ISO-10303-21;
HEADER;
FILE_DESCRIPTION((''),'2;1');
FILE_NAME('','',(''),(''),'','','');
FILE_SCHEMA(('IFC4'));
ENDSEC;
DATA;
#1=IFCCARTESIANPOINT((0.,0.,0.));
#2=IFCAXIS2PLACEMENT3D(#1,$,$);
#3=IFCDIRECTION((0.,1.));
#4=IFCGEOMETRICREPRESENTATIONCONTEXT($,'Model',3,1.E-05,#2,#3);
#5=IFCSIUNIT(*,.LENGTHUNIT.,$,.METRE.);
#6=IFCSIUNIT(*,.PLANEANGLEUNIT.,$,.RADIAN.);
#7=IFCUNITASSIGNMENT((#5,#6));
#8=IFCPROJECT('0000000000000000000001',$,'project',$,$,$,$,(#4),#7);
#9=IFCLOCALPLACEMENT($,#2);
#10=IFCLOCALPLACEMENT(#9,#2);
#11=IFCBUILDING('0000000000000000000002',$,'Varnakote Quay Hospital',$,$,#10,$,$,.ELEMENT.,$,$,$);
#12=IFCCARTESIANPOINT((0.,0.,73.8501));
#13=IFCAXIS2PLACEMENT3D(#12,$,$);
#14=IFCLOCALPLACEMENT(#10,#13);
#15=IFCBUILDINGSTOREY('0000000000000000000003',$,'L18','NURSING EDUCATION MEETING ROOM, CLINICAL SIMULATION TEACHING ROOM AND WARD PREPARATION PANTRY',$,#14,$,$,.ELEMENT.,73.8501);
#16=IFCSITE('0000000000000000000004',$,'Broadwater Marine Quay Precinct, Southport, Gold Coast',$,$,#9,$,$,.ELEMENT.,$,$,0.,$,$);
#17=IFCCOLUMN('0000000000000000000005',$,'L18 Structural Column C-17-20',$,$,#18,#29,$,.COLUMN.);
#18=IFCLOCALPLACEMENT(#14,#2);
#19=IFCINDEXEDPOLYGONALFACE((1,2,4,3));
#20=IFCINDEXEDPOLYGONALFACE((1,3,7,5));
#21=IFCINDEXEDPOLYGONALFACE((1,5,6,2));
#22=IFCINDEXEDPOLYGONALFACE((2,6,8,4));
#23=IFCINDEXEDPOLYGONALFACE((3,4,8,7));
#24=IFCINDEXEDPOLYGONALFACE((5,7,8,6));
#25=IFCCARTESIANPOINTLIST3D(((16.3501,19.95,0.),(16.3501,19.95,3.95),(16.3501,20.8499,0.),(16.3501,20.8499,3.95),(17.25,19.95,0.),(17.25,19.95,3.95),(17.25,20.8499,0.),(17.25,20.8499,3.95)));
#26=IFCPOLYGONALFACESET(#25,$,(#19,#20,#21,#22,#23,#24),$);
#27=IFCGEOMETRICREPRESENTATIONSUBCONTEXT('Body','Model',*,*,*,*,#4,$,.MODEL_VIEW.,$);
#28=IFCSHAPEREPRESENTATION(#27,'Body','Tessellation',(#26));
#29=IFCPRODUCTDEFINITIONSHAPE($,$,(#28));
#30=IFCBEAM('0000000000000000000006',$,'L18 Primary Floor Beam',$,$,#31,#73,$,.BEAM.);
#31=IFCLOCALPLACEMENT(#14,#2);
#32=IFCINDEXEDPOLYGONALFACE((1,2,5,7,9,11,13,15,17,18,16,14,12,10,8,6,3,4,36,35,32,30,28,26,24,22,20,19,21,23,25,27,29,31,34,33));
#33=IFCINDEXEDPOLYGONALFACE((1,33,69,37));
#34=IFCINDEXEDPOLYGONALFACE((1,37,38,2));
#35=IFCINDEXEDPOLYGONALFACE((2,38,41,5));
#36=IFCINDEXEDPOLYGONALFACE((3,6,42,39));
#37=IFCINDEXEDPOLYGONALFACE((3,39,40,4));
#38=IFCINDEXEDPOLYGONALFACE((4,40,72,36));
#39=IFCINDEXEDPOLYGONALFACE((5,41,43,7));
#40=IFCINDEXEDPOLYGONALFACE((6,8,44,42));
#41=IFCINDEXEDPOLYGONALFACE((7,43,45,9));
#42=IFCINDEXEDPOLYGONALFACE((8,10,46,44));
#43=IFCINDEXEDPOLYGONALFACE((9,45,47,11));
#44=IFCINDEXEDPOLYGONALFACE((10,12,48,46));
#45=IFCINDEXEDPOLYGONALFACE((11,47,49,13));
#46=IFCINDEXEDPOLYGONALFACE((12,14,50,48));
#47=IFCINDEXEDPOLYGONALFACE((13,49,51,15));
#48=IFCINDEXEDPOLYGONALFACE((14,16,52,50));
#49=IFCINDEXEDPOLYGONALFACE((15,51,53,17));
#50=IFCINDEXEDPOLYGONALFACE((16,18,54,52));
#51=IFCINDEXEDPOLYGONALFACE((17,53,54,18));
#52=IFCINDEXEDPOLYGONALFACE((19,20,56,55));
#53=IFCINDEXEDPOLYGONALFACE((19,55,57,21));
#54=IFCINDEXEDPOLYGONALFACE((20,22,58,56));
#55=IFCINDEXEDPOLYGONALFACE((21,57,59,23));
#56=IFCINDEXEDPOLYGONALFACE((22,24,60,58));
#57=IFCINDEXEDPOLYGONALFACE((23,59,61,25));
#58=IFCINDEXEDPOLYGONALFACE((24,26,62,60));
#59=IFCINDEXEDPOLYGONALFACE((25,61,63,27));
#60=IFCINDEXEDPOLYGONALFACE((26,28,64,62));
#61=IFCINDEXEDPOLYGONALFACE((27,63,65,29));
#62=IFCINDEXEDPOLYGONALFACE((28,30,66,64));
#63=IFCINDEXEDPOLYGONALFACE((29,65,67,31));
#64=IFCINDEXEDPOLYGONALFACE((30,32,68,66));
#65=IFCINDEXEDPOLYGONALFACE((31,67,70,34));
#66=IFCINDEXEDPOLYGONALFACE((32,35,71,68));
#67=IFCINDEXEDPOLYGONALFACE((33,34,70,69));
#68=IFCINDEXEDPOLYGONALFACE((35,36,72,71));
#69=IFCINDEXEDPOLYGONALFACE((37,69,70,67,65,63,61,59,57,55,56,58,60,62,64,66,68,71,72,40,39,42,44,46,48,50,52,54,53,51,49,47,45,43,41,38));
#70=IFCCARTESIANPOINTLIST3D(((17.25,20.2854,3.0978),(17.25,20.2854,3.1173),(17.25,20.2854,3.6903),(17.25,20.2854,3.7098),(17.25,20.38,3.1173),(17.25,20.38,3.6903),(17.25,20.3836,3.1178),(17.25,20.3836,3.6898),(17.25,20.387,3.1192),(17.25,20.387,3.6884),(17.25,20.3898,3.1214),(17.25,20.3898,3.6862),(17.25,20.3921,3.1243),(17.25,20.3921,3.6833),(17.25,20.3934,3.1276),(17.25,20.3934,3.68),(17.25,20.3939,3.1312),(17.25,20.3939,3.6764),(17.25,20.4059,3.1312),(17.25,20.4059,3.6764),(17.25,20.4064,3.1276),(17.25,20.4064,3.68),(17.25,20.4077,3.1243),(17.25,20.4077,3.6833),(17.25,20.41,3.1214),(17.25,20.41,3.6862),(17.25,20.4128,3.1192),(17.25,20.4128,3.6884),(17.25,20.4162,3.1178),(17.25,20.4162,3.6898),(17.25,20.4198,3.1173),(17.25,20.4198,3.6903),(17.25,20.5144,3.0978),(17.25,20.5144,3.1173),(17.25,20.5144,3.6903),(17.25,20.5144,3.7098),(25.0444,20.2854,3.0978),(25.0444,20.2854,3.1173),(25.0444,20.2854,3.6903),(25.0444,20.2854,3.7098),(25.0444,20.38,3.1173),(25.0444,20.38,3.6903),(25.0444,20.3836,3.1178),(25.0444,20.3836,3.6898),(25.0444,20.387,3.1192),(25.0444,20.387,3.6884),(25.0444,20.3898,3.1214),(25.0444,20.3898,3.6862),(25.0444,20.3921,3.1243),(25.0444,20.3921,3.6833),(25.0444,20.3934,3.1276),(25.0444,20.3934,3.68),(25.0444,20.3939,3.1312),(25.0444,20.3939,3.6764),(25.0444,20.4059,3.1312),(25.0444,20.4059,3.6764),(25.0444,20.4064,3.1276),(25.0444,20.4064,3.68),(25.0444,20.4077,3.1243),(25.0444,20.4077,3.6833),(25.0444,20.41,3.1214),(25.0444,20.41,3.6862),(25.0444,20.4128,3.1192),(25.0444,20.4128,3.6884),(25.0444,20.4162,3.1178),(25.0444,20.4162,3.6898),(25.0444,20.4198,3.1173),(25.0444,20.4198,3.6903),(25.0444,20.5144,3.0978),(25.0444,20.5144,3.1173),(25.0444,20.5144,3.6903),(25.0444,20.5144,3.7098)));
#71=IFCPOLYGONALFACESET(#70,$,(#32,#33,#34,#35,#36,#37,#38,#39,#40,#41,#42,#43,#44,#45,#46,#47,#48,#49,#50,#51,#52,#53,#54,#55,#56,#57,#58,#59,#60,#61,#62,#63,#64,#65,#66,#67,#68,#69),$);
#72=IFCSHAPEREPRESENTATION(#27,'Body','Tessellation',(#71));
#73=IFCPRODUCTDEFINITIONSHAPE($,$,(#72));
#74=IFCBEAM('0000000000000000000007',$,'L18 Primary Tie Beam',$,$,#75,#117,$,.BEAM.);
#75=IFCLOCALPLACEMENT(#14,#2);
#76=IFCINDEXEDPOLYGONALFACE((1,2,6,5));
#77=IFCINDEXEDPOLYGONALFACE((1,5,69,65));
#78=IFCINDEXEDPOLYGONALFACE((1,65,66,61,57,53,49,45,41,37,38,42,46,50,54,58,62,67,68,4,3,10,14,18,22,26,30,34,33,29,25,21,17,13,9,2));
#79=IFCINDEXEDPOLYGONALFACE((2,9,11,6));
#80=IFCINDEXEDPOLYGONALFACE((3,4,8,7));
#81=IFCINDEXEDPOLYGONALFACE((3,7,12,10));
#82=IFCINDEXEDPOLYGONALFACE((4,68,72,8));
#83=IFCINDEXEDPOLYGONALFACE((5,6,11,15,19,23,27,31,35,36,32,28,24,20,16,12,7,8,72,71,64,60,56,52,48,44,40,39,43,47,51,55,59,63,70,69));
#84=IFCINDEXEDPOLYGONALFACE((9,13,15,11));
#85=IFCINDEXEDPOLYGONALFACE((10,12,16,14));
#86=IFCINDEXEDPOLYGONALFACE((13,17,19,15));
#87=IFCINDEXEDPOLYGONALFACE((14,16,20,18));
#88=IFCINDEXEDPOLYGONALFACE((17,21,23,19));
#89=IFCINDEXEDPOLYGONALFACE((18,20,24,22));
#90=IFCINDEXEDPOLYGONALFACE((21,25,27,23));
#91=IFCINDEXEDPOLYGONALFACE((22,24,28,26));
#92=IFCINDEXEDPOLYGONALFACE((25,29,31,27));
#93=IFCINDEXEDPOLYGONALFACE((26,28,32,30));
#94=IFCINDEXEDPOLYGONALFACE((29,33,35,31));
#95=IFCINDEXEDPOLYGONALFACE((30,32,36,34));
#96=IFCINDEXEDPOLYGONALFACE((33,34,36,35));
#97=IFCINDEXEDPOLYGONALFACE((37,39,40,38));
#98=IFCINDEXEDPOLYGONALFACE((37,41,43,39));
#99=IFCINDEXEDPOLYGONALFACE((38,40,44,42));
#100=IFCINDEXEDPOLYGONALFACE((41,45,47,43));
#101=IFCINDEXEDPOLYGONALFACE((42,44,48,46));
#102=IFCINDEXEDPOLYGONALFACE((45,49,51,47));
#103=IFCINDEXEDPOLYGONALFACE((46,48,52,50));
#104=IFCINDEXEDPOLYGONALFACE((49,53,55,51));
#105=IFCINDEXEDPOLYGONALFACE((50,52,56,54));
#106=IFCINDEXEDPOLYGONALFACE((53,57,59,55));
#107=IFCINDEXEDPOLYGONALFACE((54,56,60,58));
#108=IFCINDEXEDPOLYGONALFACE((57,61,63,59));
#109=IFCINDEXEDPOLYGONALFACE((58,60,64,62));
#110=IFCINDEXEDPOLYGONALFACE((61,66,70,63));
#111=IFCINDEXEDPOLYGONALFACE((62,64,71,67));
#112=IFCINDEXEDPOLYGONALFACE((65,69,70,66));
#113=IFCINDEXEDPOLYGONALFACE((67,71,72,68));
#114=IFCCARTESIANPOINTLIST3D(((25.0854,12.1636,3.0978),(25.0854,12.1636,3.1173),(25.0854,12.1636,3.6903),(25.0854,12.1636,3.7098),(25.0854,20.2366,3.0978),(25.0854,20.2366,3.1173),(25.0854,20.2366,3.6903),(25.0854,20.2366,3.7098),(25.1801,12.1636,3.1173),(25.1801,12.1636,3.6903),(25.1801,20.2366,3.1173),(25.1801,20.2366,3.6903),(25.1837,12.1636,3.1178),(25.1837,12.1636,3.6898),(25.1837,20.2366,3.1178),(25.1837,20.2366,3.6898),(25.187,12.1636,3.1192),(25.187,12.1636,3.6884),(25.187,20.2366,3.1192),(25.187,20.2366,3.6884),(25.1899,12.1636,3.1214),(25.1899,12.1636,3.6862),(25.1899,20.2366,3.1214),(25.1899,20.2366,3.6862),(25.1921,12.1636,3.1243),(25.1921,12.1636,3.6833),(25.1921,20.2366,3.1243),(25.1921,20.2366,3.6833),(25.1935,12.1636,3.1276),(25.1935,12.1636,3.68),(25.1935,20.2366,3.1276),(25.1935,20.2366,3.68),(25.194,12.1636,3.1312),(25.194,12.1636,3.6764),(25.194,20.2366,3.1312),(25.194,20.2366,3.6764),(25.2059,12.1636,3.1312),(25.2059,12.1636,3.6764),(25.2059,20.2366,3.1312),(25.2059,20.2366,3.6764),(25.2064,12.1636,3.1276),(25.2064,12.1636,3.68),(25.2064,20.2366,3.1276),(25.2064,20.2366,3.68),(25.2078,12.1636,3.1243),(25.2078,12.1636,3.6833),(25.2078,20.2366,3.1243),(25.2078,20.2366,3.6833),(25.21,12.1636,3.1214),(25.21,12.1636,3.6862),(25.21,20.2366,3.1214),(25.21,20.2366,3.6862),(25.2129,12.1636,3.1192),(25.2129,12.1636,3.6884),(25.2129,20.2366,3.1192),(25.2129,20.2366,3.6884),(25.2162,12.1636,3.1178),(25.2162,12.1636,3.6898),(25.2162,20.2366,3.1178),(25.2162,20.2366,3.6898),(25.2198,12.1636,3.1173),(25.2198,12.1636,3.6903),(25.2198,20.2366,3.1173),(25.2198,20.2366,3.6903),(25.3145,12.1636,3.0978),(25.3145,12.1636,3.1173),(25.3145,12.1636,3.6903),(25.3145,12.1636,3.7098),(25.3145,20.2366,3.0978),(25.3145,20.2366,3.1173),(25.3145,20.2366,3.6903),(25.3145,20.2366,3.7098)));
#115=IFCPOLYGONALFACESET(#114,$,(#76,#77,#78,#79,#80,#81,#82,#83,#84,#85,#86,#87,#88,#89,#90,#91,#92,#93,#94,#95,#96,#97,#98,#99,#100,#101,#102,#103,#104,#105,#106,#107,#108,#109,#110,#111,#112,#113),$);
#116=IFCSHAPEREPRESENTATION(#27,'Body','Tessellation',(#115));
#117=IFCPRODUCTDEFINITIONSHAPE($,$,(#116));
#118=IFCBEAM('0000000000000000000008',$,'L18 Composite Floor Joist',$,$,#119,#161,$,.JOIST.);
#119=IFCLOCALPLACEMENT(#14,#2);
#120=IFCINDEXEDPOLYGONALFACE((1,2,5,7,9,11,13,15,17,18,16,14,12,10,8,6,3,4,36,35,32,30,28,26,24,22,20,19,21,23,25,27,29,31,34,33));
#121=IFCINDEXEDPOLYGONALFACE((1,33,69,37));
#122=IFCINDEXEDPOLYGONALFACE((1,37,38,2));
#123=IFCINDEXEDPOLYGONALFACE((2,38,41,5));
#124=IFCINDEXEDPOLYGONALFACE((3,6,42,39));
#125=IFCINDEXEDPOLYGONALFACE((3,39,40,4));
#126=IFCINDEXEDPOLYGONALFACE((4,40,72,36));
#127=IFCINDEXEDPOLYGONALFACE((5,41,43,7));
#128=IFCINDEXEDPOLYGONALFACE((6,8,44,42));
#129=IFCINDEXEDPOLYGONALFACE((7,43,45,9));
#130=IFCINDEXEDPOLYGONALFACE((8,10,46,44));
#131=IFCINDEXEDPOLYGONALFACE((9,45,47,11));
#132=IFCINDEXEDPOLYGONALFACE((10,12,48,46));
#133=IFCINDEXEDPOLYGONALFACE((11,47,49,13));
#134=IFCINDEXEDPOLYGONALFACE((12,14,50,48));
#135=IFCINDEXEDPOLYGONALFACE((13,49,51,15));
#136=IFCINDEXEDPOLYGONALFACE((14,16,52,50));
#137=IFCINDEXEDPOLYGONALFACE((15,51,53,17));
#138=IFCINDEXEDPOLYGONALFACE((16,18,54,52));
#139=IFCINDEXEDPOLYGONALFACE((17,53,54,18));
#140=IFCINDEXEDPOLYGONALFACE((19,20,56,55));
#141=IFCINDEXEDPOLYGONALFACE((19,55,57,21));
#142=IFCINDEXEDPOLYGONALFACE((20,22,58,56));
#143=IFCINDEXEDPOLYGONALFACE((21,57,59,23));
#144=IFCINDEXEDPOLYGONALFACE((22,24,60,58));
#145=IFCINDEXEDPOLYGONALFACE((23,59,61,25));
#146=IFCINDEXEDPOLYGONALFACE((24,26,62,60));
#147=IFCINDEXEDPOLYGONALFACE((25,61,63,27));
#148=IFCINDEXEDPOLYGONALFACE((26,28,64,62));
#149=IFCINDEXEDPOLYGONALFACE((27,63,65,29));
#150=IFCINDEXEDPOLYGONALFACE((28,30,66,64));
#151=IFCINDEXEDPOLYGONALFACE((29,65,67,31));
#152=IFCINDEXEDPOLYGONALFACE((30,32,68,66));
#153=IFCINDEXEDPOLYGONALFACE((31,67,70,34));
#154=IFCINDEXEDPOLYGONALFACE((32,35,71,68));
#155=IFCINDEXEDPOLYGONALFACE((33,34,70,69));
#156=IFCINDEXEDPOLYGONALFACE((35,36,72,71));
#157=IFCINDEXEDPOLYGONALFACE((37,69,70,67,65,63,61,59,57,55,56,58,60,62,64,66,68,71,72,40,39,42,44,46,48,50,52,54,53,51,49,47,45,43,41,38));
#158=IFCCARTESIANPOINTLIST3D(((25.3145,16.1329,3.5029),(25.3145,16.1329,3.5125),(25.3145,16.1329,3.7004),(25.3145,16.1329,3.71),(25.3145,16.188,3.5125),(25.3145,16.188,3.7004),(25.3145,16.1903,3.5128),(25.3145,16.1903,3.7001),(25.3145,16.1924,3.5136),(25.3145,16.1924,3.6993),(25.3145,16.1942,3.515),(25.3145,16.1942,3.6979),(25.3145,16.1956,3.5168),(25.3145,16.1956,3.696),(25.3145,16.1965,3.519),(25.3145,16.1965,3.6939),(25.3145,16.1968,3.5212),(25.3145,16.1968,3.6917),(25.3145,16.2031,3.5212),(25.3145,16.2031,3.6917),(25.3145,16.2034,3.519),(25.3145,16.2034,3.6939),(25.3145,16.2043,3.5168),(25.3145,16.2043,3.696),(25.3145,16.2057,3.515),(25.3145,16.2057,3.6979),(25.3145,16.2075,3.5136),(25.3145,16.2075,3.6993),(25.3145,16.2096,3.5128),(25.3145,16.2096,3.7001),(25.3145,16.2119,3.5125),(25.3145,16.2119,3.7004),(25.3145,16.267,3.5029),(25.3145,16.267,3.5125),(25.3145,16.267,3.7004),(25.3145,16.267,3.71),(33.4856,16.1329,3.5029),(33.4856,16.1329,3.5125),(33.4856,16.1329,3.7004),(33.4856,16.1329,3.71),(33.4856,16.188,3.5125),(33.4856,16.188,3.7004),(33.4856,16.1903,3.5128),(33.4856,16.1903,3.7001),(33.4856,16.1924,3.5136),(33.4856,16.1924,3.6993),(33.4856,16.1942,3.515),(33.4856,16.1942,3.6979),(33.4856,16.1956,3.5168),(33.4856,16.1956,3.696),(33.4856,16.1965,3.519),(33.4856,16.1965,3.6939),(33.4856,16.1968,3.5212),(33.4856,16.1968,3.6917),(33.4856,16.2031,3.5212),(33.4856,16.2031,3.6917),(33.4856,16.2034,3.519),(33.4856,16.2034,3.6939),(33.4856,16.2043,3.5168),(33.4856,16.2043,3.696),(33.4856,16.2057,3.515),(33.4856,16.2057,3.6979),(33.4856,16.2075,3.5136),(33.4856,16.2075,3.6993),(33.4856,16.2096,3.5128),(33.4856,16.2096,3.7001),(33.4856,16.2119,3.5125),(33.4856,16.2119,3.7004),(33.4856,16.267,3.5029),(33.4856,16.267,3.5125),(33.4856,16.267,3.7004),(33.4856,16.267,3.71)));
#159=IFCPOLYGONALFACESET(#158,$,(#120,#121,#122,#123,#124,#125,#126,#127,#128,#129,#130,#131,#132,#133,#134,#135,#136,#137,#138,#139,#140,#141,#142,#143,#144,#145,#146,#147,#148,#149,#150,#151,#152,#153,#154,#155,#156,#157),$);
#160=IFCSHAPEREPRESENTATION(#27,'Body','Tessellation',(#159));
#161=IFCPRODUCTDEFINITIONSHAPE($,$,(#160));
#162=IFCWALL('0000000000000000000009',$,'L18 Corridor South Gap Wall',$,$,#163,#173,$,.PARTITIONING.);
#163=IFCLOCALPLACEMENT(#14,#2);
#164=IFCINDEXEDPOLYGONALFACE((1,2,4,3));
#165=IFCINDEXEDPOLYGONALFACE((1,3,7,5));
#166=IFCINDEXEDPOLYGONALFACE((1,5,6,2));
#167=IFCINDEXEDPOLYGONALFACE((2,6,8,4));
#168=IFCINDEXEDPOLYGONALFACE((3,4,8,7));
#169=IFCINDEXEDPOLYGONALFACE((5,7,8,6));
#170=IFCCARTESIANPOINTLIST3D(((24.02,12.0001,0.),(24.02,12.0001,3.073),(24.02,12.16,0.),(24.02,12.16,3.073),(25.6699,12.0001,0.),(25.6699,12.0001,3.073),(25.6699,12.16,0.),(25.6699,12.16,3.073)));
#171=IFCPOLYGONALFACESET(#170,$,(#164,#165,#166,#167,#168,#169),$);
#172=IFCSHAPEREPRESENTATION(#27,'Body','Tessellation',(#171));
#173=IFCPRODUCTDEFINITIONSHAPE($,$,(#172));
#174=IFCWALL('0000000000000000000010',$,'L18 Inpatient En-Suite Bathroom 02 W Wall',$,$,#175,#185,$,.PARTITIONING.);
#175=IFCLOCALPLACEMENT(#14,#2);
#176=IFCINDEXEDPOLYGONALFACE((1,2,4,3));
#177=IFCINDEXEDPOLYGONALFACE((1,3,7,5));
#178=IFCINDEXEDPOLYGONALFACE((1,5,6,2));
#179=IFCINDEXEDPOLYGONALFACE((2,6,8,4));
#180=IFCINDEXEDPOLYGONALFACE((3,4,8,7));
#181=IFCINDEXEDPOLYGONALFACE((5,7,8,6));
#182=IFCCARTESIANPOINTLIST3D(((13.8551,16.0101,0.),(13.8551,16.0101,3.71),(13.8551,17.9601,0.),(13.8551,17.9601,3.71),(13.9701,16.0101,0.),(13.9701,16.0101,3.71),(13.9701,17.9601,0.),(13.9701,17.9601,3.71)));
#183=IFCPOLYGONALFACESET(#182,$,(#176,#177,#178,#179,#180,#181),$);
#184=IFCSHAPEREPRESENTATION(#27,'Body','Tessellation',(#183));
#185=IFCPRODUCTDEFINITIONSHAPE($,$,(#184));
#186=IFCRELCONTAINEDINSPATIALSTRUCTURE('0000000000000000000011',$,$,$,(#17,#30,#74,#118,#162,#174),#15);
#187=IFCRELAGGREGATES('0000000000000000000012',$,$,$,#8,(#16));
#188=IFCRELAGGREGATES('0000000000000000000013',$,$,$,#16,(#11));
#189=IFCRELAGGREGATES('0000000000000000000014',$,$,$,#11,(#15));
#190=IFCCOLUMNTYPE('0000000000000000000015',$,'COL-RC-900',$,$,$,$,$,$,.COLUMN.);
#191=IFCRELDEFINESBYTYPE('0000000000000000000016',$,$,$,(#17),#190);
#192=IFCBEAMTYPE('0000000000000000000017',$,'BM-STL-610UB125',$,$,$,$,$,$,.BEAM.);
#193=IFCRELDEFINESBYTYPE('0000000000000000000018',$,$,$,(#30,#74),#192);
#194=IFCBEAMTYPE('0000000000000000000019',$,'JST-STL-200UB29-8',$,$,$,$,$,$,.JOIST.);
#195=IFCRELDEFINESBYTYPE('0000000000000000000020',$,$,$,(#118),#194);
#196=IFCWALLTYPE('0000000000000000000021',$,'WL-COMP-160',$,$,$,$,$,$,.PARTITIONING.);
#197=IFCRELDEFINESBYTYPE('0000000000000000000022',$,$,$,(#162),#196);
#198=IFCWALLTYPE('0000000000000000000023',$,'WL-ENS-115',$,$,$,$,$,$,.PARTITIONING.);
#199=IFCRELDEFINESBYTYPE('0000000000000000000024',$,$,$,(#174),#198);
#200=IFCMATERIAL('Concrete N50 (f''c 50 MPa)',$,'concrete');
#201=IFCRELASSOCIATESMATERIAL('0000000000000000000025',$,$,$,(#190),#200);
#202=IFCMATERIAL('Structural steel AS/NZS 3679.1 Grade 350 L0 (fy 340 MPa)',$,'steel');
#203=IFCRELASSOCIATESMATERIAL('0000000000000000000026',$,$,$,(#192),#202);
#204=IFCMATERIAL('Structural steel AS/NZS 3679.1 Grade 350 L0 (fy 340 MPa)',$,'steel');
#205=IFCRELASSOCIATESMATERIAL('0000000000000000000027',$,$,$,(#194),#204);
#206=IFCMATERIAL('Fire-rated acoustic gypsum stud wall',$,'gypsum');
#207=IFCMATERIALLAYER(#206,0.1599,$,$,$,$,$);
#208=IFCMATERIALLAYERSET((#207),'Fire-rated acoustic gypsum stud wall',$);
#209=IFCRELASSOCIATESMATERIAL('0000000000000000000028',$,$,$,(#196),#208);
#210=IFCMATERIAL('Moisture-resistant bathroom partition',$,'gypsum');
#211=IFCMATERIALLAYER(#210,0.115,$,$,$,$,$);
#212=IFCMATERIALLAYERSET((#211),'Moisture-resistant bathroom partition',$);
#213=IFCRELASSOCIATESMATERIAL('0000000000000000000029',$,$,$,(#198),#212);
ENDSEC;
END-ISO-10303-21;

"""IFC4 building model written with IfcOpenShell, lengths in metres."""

from ifc_helpers import new_model, si_unit, direction, frame, frame_2d, origin, origin_2d, place, context, subcontext, project, spatial, rectangle, i_section, extrude, material, layer, layer_set, material_profile, profile_set, type_object, element, save


model = new_model("IFC4")

# Units and contexts
model_context = context("Model", 3, precision=1e-05, world=origin(), true_north=direction((0.0, 1.0)))
body_context = subcontext(model_context, "Body", "Model", "MODEL_VIEW")
ifc_project = project(units=[si_unit("LENGTHUNIT", "METRE"), si_unit("PLANEANGLEUNIT", "RADIAN")], contexts=[model_context])

# Site, building, storey
site_placement = place(None, origin())
site = spatial("IfcSite", under=ifc_project, at=site_placement, Name="Broadwater Marine Quay Precinct, Southport, Gold Coast", CompositionType="ELEMENT", RefElevation=0.0)
building_placement = place(site_placement, origin())
building = spatial("IfcBuilding", under=site, at=building_placement, Name="Varnakote Quay Hospital", CompositionType="ELEMENT")
storey_placement = place(building_placement, frame((0.0, 0.0, 73.8501)))
storey = spatial("IfcBuildingStorey", under=building, at=storey_placement, Name="L18", Description="NURSING EDUCATION MEETING ROOM, CLINICAL SIMULATION TEACHING ROOM AND WARD PREPARATION PANTRY", CompositionType="ELEMENT", Elevation=73.8501)

# Column
ifc_material_1 = material(Name="Concrete N50 (f'c 50 MPa)", Category="concrete")
ifc_material_profile_1 = material_profile(ifc_material_1, rectangle(XDim=0.8999, YDim=0.8999, at=origin_2d()), Name="RC-COL-900x900")
ifc_profile_set_1 = profile_set([ifc_material_profile_1], Name="Concrete N50 (f'c 50 MPa)")
column_type = type_object("IfcColumnType", Name="COL-RC-900", PredefinedType="COLUMN", material=ifc_profile_set_1)
column_placement = place(storey_placement, frame((16.8, 20.3999, 0.0), z_axis=(0.0, 0.0, 1.0), x_axis=(1.0, 0.0, 0.0)))
element("IfcColumn", 1, at=column_placement, inside=storey, type_object=column_type, Name="L18 Structural Column C-17-20", PredefinedType="COLUMN", context=body_context, shape_type="SweptSolid", body=[
    extrude(rectangle(XDim=0.8999, YDim=0.8999, at=origin_2d()), origin(), (0.0, 0.0, 1.0), 3.95),
])

# Beams
ifc_material_2 = material(Name="Structural steel AS/NZS 3679.1 Grade 350 L0 (fy 340 MPa)", Category="steel")
ifc_material_profile_2 = material_profile(ifc_material_2, i_section(OverallWidth=0.229, OverallDepth=0.6121, WebThickness=0.012, FlangeThickness=0.0195, FilletRadius=0.0139, at=origin_2d()), Name="610UB125")
ifc_profile_set_2 = profile_set([ifc_material_profile_2], Name="Structural steel AS/NZS 3679.1 Grade 350 L0 (fy 340 MPa)")
beam_type_1 = type_object("IfcBeamType", Name="BM-STL-610UB125", PredefinedType="BEAM", material=ifc_profile_set_2)
beam_1_placement = place(storey_placement, frame((17.25, 20.3999, 3.4038), z_axis=(1.0, 0.0, 0.0), x_axis=(0.0, 1.0, 0.0)))
element("IfcBeam", 2, at=beam_1_placement, inside=storey, type_object=beam_type_1, Name="L18 Primary Floor Beam", PredefinedType="BEAM", context=body_context, shape_type="SweptSolid", body=[
    extrude(i_section(OverallWidth=0.229, OverallDepth=0.6121, WebThickness=0.012, FlangeThickness=0.0195, FilletRadius=0.0139, at=origin_2d()), origin(), (0.0, 0.0, 1.0), 7.7944),
])
beam_2_placement = place(storey_placement, frame((25.2, 12.1636, 3.4038), z_axis=(0.0, 1.0, 0.0), x_axis=(-1.0, 0.0, 0.0)))
element("IfcBeam", 3, at=beam_2_placement, inside=storey, type_object=beam_type_1, Name="L18 Primary Tie Beam", PredefinedType="BEAM", context=body_context, shape_type="SweptSolid", body=[
    extrude(i_section(OverallWidth=0.229, OverallDepth=0.6121, WebThickness=0.012, FlangeThickness=0.0195, FilletRadius=0.0139, at=origin_2d()), origin(), (0.0, 0.0, 1.0), 8.073),
])
ifc_material_3 = material(Name="Structural steel AS/NZS 3679.1 Grade 350 L0 (fy 340 MPa)", Category="steel")
ifc_material_profile_3 = material_profile(ifc_material_3, i_section(OverallWidth=0.134, OverallDepth=0.207, WebThickness=0.0063, FlangeThickness=0.0095, FilletRadius=0.0088, at=origin_2d()), Name="200UB29.8")
ifc_profile_set_3 = profile_set([ifc_material_profile_3], Name="Structural steel AS/NZS 3679.1 Grade 350 L0 (fy 340 MPa)")
beam_type_2 = type_object("IfcBeamType", Name="JST-STL-200UB29-8", PredefinedType="JOIST", material=ifc_profile_set_3)
beam_3_placement = place(storey_placement, frame((25.3145, 16.2, 3.6064), z_axis=(1.0, 0.0, 0.0), x_axis=(0.0, 1.0, 0.0)))
element("IfcBeam", 4, at=beam_3_placement, inside=storey, type_object=beam_type_2, Name="L18 Composite Floor Joist", PredefinedType="JOIST", context=body_context, shape_type="SweptSolid", body=[
    extrude(i_section(OverallWidth=0.134, OverallDepth=0.207, WebThickness=0.0063, FlangeThickness=0.0095, FilletRadius=0.0088, at=origin_2d()), origin(), (0.0, 0.0, 1.0), 8.1711),
])

# Walls
ifc_material_4 = material(Name="Fire-rated acoustic gypsum stud wall", Category="gypsum")
ifc_layer_1 = layer(ifc_material_4, 0.1599)
ifc_layer_set_1 = layer_set([ifc_layer_1], Name="Fire-rated acoustic gypsum stud wall")
wall_type_1 = type_object("IfcWallType", Name="WL-COMP-160", PredefinedType="PARTITIONING", material=ifc_layer_set_1)
wall_1_placement = place(storey_placement, frame((24.02, 12.0801, 0.0), z_axis=(0.0, 0.0, 1.0), x_axis=(1.0, 0.0, 0.0)))
element("IfcWall", 5, at=wall_1_placement, inside=storey, type_object=wall_type_1, Name="L18 Corridor South Gap Wall", PredefinedType="PARTITIONING", context=body_context, shape_type="SweptSolid", body=[
    extrude(rectangle(XDim=1.6499, YDim=0.1599, at=frame_2d((0.825, 0.0))), origin(), (0.0, 0.0, 1.0), 3.073),
])
ifc_material_5 = material(Name="Moisture-resistant bathroom partition", Category="gypsum")
ifc_layer_2 = layer(ifc_material_5, 0.115)
ifc_layer_set_2 = layer_set([ifc_layer_2], Name="Moisture-resistant bathroom partition")
wall_type_2 = type_object("IfcWallType", Name="WL-ENS-115", PredefinedType="PARTITIONING", material=ifc_layer_set_2)
wall_2_placement = place(storey_placement, frame((13.9126, 16.01, 0.0), z_axis=(0.0, 0.0, 1.0), x_axis=(0.0, 1.0, 0.0)))
element("IfcWall", 6, at=wall_2_placement, inside=storey, type_object=wall_type_2, Name="L18 Inpatient En-Suite Bathroom 02 W Wall", PredefinedType="PARTITIONING", context=body_context, shape_type="SweptSolid", body=[
    extrude(rectangle(XDim=1.95, YDim=0.115, at=frame_2d((0.9751, 0.0))), origin(), (0.0, 0.0, 1.0), 3.71),
])

save(model, "model.ifc")
